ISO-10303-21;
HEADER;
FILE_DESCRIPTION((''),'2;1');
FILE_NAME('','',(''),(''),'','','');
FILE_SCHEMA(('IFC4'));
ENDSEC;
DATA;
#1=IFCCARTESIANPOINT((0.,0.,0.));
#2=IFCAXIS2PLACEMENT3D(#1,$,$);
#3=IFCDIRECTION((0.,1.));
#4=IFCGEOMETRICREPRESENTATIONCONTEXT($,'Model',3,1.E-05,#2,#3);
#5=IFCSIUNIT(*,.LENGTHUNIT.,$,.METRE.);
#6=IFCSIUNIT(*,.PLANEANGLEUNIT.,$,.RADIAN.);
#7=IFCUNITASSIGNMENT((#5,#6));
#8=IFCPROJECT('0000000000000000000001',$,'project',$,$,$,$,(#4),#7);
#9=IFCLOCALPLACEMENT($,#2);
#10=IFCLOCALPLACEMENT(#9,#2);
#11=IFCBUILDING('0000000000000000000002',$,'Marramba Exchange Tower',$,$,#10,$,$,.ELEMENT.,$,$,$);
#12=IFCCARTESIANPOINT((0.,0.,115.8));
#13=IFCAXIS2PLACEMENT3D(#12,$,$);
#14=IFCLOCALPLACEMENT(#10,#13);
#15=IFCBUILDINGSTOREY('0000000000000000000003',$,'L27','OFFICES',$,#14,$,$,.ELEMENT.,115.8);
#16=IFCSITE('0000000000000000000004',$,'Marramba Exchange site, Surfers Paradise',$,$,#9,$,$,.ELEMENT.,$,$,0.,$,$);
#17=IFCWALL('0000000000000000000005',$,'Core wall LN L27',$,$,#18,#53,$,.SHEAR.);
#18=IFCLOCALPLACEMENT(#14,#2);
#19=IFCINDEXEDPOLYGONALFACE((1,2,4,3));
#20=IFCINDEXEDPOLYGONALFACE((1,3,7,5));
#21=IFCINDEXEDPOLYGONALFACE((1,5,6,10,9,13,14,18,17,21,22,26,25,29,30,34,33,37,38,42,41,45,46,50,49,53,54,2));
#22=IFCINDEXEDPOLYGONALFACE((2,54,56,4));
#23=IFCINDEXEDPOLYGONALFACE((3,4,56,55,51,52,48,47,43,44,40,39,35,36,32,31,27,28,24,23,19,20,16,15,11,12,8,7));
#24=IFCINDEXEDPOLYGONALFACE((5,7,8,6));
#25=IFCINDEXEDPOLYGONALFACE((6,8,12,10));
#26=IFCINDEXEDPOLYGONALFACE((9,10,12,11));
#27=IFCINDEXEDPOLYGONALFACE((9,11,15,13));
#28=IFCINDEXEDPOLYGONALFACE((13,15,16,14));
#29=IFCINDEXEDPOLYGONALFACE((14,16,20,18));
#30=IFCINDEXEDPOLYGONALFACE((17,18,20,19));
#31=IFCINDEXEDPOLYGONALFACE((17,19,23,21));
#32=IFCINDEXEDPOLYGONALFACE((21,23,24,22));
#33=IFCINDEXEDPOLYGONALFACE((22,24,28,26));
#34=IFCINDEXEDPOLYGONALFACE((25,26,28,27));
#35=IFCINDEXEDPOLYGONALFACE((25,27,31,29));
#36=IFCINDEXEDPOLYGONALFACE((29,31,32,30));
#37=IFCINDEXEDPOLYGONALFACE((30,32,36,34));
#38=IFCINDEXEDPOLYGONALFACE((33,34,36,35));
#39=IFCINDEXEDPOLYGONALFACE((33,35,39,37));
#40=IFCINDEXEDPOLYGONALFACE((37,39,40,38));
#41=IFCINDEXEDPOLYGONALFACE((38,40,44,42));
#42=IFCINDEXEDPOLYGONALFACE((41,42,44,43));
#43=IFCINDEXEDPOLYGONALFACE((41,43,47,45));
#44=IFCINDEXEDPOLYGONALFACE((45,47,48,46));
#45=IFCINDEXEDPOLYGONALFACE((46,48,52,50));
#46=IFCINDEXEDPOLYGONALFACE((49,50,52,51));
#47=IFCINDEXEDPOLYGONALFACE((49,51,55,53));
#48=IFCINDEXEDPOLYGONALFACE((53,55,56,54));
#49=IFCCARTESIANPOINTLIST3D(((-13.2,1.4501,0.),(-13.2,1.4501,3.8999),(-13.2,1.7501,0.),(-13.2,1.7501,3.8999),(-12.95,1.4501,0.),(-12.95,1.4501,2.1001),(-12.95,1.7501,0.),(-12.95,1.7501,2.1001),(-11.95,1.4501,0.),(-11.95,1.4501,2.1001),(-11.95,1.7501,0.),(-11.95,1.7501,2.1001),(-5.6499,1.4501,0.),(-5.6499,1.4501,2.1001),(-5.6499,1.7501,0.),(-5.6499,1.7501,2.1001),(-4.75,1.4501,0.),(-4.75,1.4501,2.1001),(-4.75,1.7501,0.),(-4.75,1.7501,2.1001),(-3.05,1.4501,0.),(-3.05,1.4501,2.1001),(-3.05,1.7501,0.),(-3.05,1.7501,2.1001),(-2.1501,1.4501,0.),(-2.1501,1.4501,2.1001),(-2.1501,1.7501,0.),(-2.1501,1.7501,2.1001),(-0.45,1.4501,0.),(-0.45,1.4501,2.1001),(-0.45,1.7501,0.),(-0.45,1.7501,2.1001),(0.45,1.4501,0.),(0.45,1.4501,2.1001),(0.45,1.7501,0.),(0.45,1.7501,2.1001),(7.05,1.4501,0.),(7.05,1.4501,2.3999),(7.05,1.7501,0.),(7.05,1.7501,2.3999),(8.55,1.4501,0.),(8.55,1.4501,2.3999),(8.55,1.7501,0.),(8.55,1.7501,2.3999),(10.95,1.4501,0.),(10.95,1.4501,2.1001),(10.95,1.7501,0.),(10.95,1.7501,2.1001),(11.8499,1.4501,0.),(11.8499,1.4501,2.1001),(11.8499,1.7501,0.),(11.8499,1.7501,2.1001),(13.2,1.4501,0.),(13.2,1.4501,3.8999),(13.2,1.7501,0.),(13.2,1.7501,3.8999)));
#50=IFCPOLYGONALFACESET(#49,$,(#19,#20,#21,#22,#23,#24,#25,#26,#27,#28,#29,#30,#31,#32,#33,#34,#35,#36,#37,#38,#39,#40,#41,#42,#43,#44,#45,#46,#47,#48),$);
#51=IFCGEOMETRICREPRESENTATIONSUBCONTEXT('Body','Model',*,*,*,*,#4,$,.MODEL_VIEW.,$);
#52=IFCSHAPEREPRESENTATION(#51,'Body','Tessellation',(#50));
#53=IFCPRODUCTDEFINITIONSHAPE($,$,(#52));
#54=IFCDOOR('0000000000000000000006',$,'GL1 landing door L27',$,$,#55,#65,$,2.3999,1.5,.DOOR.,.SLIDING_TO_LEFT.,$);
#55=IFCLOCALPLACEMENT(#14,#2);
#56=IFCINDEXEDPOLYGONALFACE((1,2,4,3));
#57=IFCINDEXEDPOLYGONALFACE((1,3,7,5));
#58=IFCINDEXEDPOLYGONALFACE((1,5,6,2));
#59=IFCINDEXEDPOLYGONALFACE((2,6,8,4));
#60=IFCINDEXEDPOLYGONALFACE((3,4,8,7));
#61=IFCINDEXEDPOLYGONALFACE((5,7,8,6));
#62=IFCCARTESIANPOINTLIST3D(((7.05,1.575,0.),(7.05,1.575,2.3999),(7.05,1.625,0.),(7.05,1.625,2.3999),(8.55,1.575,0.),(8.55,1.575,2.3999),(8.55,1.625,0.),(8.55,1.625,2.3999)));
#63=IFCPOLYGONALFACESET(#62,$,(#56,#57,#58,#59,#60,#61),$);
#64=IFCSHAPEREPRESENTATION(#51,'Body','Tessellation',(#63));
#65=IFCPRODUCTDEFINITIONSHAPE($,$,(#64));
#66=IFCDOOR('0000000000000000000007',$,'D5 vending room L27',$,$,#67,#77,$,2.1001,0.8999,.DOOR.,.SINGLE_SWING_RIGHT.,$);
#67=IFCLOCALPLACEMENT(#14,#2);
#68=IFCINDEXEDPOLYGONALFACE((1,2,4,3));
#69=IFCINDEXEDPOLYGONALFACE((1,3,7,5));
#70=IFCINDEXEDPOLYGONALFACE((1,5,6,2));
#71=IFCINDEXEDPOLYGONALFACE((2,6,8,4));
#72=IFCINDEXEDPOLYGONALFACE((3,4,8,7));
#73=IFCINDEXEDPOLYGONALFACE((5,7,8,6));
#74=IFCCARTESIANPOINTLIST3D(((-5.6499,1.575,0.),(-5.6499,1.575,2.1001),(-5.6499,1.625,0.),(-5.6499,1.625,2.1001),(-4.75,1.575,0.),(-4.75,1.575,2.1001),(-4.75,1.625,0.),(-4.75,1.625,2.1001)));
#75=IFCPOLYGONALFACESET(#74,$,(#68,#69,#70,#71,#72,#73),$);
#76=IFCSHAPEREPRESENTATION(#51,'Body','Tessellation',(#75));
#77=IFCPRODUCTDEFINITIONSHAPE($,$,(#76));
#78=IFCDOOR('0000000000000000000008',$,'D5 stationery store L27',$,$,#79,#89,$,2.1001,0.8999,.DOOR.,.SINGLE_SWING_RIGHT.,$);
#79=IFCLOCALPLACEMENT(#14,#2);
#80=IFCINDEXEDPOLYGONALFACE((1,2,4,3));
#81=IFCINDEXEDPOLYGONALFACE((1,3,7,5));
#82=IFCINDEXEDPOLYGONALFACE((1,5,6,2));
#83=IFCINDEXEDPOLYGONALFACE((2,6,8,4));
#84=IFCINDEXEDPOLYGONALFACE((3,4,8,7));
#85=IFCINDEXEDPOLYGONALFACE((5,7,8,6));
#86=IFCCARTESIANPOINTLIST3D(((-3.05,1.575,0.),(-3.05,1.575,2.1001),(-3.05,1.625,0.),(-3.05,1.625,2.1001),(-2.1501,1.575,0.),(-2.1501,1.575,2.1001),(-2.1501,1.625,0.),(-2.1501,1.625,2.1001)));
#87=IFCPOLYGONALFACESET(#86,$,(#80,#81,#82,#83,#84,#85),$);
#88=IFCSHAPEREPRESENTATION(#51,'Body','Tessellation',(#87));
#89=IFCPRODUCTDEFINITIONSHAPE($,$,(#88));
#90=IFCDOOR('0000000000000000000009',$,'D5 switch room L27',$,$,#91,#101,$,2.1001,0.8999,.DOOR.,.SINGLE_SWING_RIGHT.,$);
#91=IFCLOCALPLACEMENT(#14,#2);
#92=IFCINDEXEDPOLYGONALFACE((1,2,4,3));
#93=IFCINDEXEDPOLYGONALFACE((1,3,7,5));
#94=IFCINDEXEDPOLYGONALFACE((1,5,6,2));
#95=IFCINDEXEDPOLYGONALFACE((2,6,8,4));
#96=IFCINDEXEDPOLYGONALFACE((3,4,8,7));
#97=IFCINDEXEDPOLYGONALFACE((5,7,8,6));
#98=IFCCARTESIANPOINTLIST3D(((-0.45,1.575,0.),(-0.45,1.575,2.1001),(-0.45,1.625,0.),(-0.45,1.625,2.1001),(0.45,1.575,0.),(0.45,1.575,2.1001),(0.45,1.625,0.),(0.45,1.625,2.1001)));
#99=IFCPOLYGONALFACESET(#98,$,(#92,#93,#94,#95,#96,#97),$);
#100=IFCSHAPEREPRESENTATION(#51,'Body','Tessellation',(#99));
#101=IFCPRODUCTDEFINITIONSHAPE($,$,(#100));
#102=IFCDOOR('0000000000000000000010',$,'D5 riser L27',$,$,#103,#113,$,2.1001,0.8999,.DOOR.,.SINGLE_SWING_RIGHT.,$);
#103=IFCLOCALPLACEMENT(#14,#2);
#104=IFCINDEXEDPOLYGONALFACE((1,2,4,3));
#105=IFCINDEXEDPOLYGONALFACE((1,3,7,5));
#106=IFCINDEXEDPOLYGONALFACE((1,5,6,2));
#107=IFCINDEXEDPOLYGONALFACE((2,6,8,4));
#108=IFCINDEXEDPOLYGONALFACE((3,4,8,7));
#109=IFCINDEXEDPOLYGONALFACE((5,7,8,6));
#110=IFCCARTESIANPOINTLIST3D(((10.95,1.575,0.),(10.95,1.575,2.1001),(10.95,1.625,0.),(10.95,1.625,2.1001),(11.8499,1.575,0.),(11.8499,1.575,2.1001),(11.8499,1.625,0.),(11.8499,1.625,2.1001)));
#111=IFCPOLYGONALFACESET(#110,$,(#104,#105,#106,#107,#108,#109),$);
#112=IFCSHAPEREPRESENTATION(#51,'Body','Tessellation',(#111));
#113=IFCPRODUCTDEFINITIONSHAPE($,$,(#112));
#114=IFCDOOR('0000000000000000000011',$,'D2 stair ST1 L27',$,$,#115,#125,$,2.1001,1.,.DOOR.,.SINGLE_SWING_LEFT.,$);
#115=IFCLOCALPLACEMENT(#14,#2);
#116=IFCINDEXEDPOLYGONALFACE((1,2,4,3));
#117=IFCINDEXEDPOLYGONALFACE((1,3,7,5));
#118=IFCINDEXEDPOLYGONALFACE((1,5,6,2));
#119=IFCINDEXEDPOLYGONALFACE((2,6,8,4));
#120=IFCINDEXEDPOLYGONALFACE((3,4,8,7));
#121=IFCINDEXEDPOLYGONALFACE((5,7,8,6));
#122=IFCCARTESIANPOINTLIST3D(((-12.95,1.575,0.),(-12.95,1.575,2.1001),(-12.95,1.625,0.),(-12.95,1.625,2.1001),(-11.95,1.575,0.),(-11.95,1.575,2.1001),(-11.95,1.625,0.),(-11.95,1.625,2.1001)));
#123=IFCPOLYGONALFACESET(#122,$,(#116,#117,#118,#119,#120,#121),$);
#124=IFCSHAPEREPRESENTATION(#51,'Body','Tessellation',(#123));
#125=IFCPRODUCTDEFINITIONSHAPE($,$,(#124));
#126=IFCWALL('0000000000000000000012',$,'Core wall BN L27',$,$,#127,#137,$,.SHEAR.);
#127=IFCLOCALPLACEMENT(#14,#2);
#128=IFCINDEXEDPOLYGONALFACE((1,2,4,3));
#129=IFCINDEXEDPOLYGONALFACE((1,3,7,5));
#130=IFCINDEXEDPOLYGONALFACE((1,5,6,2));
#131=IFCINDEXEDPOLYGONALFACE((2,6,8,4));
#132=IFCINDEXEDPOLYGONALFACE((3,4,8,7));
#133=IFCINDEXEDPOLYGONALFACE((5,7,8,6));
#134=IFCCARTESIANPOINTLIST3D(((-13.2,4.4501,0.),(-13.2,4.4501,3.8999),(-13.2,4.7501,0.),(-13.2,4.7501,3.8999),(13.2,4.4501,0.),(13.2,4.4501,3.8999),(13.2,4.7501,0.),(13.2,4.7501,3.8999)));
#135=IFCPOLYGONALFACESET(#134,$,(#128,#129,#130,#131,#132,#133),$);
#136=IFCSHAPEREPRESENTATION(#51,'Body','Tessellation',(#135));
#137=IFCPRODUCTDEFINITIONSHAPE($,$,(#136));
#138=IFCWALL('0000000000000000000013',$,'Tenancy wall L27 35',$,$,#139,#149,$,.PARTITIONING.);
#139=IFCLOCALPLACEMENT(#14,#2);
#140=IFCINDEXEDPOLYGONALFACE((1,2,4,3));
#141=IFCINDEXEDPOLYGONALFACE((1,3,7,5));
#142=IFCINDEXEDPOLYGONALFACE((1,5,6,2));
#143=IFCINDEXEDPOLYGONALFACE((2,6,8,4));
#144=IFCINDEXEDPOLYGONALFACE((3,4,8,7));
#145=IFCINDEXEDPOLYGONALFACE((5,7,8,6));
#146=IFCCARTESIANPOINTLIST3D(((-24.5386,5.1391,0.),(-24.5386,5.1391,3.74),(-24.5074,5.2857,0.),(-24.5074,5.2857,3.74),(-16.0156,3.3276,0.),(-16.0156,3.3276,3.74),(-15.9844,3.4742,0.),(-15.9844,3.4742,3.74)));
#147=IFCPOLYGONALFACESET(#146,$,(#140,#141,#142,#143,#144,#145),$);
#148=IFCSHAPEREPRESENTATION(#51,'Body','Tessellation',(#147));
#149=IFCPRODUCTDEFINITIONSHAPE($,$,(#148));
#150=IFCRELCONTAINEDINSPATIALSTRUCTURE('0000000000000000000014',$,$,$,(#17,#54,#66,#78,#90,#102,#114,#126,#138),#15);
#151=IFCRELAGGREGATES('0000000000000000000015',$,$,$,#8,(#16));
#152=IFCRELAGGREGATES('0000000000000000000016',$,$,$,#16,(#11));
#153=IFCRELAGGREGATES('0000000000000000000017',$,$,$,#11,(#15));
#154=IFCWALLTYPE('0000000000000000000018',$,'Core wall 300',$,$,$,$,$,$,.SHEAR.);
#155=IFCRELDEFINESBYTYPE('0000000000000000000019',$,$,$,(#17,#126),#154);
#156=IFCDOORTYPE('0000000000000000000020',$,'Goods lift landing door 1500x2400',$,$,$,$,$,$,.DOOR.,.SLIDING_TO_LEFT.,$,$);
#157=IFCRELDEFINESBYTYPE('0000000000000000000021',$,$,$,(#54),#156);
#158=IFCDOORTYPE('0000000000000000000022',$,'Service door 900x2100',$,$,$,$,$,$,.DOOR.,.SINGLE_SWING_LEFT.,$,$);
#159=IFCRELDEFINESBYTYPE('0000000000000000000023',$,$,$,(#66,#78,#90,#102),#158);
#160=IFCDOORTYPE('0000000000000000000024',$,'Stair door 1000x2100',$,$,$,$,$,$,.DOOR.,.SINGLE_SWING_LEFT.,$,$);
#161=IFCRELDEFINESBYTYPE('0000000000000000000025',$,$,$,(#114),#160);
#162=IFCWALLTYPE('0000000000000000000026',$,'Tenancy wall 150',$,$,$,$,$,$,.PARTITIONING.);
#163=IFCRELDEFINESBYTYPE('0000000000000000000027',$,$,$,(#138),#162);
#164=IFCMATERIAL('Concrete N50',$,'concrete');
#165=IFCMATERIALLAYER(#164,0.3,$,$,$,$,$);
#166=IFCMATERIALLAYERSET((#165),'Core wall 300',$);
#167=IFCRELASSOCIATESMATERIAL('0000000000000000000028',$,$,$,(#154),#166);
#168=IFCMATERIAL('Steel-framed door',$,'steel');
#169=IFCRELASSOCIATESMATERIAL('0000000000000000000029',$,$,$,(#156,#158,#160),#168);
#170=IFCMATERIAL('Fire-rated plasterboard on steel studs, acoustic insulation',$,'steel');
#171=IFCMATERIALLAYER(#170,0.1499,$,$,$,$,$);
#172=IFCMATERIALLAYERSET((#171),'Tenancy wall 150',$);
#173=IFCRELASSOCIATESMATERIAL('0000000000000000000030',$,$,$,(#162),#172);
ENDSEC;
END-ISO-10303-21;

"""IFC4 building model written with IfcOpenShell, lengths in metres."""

from ifc_helpers import new_model, si_unit, direction, frame, frame_2d, origin, place, context, subcontext, project, spatial, rectangle, extrude, material, layer, layer_set, type_object, element, fill, save


model = new_model("IFC4")

# Units and contexts
model_context = context("Model", 3, precision=1e-05, world=origin(), true_north=direction((0.0, 1.0)))
body_context = subcontext(model_context, "Body", "Model", "MODEL_VIEW")
ifc_project = project(units=[si_unit("LENGTHUNIT", "METRE"), si_unit("PLANEANGLEUNIT", "RADIAN")], contexts=[model_context])

# Site, building, storey
site_placement = place(None, origin())
site = spatial("IfcSite", under=ifc_project, at=site_placement, Name="Marramba Exchange site, Surfers Paradise", CompositionType="ELEMENT", RefElevation=0.0)
building_placement = place(site_placement, origin())
building = spatial("IfcBuilding", under=site, at=building_placement, Name="Marramba Exchange Tower", CompositionType="ELEMENT")
storey_placement = place(building_placement, frame((0.0, 0.0, 115.8)))
storey = spatial("IfcBuildingStorey", under=building, at=storey_placement, Name="L27", Description="OFFICES", CompositionType="ELEMENT", Elevation=115.8)

# Shared definitions
ifc_material_1 = material(Name="Concrete N50", Category="concrete")

# Wall, openings, doors
ifc_layer_1 = layer(ifc_material_1, 0.3)
ifc_layer_set_1 = layer_set([ifc_layer_1], Name="Core wall 300")
wall_type_1 = type_object("IfcWallType", Name="Core wall 300", PredefinedType="SHEAR", material=ifc_layer_set_1)
wall_1_placement = place(storey_placement, frame((-13.2, 1.6001, 0.0), z_axis=(0.0, 0.0, 1.0), x_axis=(1.0, 0.0, 0.0)))
wall_1 = element("IfcWall", 1, at=wall_1_placement, inside=storey, type_object=wall_type_1, Name="Core wall LN L27", PredefinedType="SHEAR", context=body_context, shape_type="SweptSolid", body=[
    extrude(rectangle(XDim=26.3999, YDim=0.3, at=frame_2d((13.2, 0.0))), origin(), (0.0, 0.0, 1.0), 3.8999),
])
opening_1_placement = place(wall_1_placement, frame((0.25, 0.0, 0.0)))
opening_1 = element("IfcOpeningElement", 2, at=opening_1_placement, cuts=wall_1, PredefinedType="OPENING", context=body_context, shape_type="SweptSolid", body=[
    extrude(rectangle(XDim=1.0, YDim=2.1001, at=frame_2d((0.5, 1.05))), frame((0.0, 0.1599, 0.0), z_axis=(0.0, -1.0, 0.0), x_axis=(1.0, 0.0, 0.0)), (0.0, 0.0, 1.0), 0.3201),
])
opening_2_placement = place(wall_1_placement, frame((20.25, 0.0, 0.0)))
opening_2 = element("IfcOpeningElement", 3, at=opening_2_placement, cuts=wall_1, PredefinedType="OPENING", context=body_context, shape_type="SweptSolid", body=[
    extrude(rectangle(XDim=1.5, YDim=2.3999, at=frame_2d((0.75, 1.2))), frame((0.0, 0.1599, 0.0), z_axis=(0.0, -1.0, 0.0), x_axis=(1.0, 0.0, 0.0)), (0.0, 0.0, 1.0), 0.3201),
])
opening_3_placement = place(wall_1_placement, frame((7.55, 0.0, 0.0)))
opening_3 = element("IfcOpeningElement", 4, at=opening_3_placement, cuts=wall_1, PredefinedType="OPENING", context=body_context, shape_type="SweptSolid", body=[
    extrude(rectangle(XDim=0.8999, YDim=2.1001, at=frame_2d((0.45, 1.05))), frame((0.0, 0.1599, 0.0), z_axis=(0.0, -1.0, 0.0), x_axis=(1.0, 0.0, 0.0)), (0.0, 0.0, 1.0), 0.3201),
])
opening_4_placement = place(wall_1_placement, frame((10.1499, 0.0, 0.0)))
opening_4 = element("IfcOpeningElement", 5, at=opening_4_placement, cuts=wall_1, PredefinedType="OPENING", context=body_context, shape_type="SweptSolid", body=[
    extrude(rectangle(XDim=0.8999, YDim=2.1001, at=frame_2d((0.45, 1.05))), frame((0.0, 0.1599, 0.0), z_axis=(0.0, -1.0, 0.0), x_axis=(1.0, 0.0, 0.0)), (0.0, 0.0, 1.0), 0.3201),
])
opening_5_placement = place(wall_1_placement, frame((12.75, 0.0, 0.0)))
opening_5 = element("IfcOpeningElement", 6, at=opening_5_placement, cuts=wall_1, PredefinedType="OPENING", context=body_context, shape_type="SweptSolid", body=[
    extrude(rectangle(XDim=0.8999, YDim=2.1001, at=frame_2d((0.45, 1.05))), frame((0.0, 0.1599, 0.0), z_axis=(0.0, -1.0, 0.0), x_axis=(1.0, 0.0, 0.0)), (0.0, 0.0, 1.0), 0.3201),
])
opening_6_placement = place(wall_1_placement, frame((24.1499, 0.0, 0.0)))
opening_6 = element("IfcOpeningElement", 7, at=opening_6_placement, cuts=wall_1, PredefinedType="OPENING", context=body_context, shape_type="SweptSolid", body=[
    extrude(rectangle(XDim=0.8999, YDim=2.1001, at=frame_2d((0.45, 1.05))), frame((0.0, 0.1599, 0.0), z_axis=(0.0, -1.0, 0.0), x_axis=(1.0, 0.0, 0.0)), (0.0, 0.0, 1.0), 0.3201),
])
ifc_material_2 = material(Name="Steel-framed door", Category="steel")
door_type_1 = type_object("IfcDoorType", Name="Goods lift landing door 1500x2400", OperationType="SLIDING_TO_LEFT", PredefinedType="DOOR", material=ifc_material_2)
door_1_placement = place(opening_2_placement, origin())
door_1 = element("IfcDoor", 8, at=door_1_placement, inside=storey, type_object=door_type_1, Name="GL1 landing door L27", OperationType="SLIDING_TO_LEFT", OverallHeight=2.3999, OverallWidth=1.5, PredefinedType="DOOR", context=body_context, shape_type="SweptSolid", body=[
    extrude(rectangle(XDim=1.5, YDim=2.3999, at=frame_2d((0.75, 1.2))), frame((0.0, 0.0249, 0.0), z_axis=(0.0, -1.0, 0.0), x_axis=(1.0, 0.0, 0.0)), (0.0, 0.0, 1.0), 0.05),
])
fill(opening_2, door_1)
door_type_2 = type_object("IfcDoorType", Name="Service door 900x2100", OperationType="SINGLE_SWING_LEFT", PredefinedType="DOOR", material=ifc_material_2)
door_2_placement = place(opening_3_placement, origin())
door_2 = element("IfcDoor", 9, at=door_2_placement, inside=storey, type_object=door_type_2, Name="D5 vending room L27", OperationType="SINGLE_SWING_RIGHT", OverallHeight=2.1001, OverallWidth=0.8999, PredefinedType="DOOR", context=body_context, shape_type="SweptSolid", body=[
    extrude(rectangle(XDim=0.8999, YDim=2.1001, at=frame_2d((0.45, 1.05))), frame((0.0, 0.0249, 0.0), z_axis=(0.0, -1.0, 0.0), x_axis=(1.0, 0.0, 0.0)), (0.0, 0.0, 1.0), 0.05),
])
fill(opening_3, door_2)
door_3_placement = place(opening_4_placement, origin())
door_3 = element("IfcDoor", 10, at=door_3_placement, inside=storey, type_object=door_type_2, Name="D5 stationery store L27", OperationType="SINGLE_SWING_RIGHT", OverallHeight=2.1001, OverallWidth=0.8999, PredefinedType="DOOR", context=body_context, shape_type="SweptSolid", body=[
    extrude(rectangle(XDim=0.8999, YDim=2.1001, at=frame_2d((0.45, 1.05))), frame((0.0, 0.0249, 0.0), z_axis=(0.0, -1.0, 0.0), x_axis=(1.0, 0.0, 0.0)), (0.0, 0.0, 1.0), 0.05),
])
fill(opening_4, door_3)
door_4_placement = place(opening_5_placement, origin())
door_4 = element("IfcDoor", 11, at=door_4_placement, inside=storey, type_object=door_type_2, Name="D5 switch room L27", OperationType="SINGLE_SWING_RIGHT", OverallHeight=2.1001, OverallWidth=0.8999, PredefinedType="DOOR", context=body_context, shape_type="SweptSolid", body=[
    extrude(rectangle(XDim=0.8999, YDim=2.1001, at=frame_2d((0.45, 1.05))), frame((0.0, 0.0249, 0.0), z_axis=(0.0, -1.0, 0.0), x_axis=(1.0, 0.0, 0.0)), (0.0, 0.0, 1.0), 0.05),
])
fill(opening_5, door_4)
door_5_placement = place(opening_6_placement, origin())
door_5 = element("IfcDoor", 12, at=door_5_placement, inside=storey, type_object=door_type_2, Name="D5 riser L27", OperationType="SINGLE_SWING_RIGHT", OverallHeight=2.1001, OverallWidth=0.8999, PredefinedType="DOOR", context=body_context, shape_type="SweptSolid", body=[
    extrude(rectangle(XDim=0.8999, YDim=2.1001, at=frame_2d((0.45, 1.05))), frame((0.0, 0.0249, 0.0), z_axis=(0.0, -1.0, 0.0), x_axis=(1.0, 0.0, 0.0)), (0.0, 0.0, 1.0), 0.05),
])
fill(opening_6, door_5)
door_type_3 = type_object("IfcDoorType", Name="Stair door 1000x2100", OperationType="SINGLE_SWING_LEFT", PredefinedType="DOOR", material=ifc_material_2)
door_6_placement = place(opening_1_placement, origin())
door_6 = element("IfcDoor", 13, at=door_6_placement, inside=storey, type_object=door_type_3, Name="D2 stair ST1 L27", OperationType="SINGLE_SWING_LEFT", OverallHeight=2.1001, OverallWidth=1.0, PredefinedType="DOOR", context=body_context, shape_type="SweptSolid", body=[
    extrude(rectangle(XDim=1.0, YDim=2.1001, at=frame_2d((0.5, 1.05))), frame((0.0, 0.0249, 0.0), z_axis=(0.0, -1.0, 0.0), x_axis=(1.0, 0.0, 0.0)), (0.0, 0.0, 1.0), 0.05),
])
fill(opening_1, door_6)

# Walls
wall_2_placement = place(storey_placement, frame((-13.2, 4.6001, 0.0), z_axis=(0.0, 0.0, 1.0), x_axis=(1.0, 0.0, 0.0)))
element("IfcWall", 14, at=wall_2_placement, inside=storey, type_object=wall_type_1, Name="Core wall BN L27", PredefinedType="SHEAR", context=body_context, shape_type="SweptSolid", body=[
    extrude(rectangle(XDim=26.3999, YDim=0.3, at=frame_2d((13.2, 0.0))), origin(), (0.0, 0.0, 1.0), 3.8999),
])
ifc_material_3 = material(Name="Fire-rated plasterboard on steel studs, acoustic insulation", Category="steel")
ifc_layer_2 = layer(ifc_material_3, 0.1499)
ifc_layer_set_2 = layer_set([ifc_layer_2], Name="Tenancy wall 150")
wall_type_2 = type_object("IfcWallType", Name="Tenancy wall 150", PredefinedType="PARTITIONING", material=ifc_layer_set_2)
wall_3_placement = place(storey_placement, frame((-16.0, 3.4009, 0.0), z_axis=(0.0, 0.0, 1.0), x_axis=(-0.97815, 0.207902, 0.0)))
element("IfcWall", 15, at=wall_3_placement, inside=storey, type_object=wall_type_2, Name="Tenancy wall L27 35", PredefinedType="PARTITIONING", context=body_context, shape_type="SweptSolid", body=[
    extrude(rectangle(XDim=8.7134, YDim=0.1499, at=frame_2d((4.3567, 0.0))), origin(), (0.0, 0.0, 1.0), 3.74),
])

save(model, "model.ifc")
